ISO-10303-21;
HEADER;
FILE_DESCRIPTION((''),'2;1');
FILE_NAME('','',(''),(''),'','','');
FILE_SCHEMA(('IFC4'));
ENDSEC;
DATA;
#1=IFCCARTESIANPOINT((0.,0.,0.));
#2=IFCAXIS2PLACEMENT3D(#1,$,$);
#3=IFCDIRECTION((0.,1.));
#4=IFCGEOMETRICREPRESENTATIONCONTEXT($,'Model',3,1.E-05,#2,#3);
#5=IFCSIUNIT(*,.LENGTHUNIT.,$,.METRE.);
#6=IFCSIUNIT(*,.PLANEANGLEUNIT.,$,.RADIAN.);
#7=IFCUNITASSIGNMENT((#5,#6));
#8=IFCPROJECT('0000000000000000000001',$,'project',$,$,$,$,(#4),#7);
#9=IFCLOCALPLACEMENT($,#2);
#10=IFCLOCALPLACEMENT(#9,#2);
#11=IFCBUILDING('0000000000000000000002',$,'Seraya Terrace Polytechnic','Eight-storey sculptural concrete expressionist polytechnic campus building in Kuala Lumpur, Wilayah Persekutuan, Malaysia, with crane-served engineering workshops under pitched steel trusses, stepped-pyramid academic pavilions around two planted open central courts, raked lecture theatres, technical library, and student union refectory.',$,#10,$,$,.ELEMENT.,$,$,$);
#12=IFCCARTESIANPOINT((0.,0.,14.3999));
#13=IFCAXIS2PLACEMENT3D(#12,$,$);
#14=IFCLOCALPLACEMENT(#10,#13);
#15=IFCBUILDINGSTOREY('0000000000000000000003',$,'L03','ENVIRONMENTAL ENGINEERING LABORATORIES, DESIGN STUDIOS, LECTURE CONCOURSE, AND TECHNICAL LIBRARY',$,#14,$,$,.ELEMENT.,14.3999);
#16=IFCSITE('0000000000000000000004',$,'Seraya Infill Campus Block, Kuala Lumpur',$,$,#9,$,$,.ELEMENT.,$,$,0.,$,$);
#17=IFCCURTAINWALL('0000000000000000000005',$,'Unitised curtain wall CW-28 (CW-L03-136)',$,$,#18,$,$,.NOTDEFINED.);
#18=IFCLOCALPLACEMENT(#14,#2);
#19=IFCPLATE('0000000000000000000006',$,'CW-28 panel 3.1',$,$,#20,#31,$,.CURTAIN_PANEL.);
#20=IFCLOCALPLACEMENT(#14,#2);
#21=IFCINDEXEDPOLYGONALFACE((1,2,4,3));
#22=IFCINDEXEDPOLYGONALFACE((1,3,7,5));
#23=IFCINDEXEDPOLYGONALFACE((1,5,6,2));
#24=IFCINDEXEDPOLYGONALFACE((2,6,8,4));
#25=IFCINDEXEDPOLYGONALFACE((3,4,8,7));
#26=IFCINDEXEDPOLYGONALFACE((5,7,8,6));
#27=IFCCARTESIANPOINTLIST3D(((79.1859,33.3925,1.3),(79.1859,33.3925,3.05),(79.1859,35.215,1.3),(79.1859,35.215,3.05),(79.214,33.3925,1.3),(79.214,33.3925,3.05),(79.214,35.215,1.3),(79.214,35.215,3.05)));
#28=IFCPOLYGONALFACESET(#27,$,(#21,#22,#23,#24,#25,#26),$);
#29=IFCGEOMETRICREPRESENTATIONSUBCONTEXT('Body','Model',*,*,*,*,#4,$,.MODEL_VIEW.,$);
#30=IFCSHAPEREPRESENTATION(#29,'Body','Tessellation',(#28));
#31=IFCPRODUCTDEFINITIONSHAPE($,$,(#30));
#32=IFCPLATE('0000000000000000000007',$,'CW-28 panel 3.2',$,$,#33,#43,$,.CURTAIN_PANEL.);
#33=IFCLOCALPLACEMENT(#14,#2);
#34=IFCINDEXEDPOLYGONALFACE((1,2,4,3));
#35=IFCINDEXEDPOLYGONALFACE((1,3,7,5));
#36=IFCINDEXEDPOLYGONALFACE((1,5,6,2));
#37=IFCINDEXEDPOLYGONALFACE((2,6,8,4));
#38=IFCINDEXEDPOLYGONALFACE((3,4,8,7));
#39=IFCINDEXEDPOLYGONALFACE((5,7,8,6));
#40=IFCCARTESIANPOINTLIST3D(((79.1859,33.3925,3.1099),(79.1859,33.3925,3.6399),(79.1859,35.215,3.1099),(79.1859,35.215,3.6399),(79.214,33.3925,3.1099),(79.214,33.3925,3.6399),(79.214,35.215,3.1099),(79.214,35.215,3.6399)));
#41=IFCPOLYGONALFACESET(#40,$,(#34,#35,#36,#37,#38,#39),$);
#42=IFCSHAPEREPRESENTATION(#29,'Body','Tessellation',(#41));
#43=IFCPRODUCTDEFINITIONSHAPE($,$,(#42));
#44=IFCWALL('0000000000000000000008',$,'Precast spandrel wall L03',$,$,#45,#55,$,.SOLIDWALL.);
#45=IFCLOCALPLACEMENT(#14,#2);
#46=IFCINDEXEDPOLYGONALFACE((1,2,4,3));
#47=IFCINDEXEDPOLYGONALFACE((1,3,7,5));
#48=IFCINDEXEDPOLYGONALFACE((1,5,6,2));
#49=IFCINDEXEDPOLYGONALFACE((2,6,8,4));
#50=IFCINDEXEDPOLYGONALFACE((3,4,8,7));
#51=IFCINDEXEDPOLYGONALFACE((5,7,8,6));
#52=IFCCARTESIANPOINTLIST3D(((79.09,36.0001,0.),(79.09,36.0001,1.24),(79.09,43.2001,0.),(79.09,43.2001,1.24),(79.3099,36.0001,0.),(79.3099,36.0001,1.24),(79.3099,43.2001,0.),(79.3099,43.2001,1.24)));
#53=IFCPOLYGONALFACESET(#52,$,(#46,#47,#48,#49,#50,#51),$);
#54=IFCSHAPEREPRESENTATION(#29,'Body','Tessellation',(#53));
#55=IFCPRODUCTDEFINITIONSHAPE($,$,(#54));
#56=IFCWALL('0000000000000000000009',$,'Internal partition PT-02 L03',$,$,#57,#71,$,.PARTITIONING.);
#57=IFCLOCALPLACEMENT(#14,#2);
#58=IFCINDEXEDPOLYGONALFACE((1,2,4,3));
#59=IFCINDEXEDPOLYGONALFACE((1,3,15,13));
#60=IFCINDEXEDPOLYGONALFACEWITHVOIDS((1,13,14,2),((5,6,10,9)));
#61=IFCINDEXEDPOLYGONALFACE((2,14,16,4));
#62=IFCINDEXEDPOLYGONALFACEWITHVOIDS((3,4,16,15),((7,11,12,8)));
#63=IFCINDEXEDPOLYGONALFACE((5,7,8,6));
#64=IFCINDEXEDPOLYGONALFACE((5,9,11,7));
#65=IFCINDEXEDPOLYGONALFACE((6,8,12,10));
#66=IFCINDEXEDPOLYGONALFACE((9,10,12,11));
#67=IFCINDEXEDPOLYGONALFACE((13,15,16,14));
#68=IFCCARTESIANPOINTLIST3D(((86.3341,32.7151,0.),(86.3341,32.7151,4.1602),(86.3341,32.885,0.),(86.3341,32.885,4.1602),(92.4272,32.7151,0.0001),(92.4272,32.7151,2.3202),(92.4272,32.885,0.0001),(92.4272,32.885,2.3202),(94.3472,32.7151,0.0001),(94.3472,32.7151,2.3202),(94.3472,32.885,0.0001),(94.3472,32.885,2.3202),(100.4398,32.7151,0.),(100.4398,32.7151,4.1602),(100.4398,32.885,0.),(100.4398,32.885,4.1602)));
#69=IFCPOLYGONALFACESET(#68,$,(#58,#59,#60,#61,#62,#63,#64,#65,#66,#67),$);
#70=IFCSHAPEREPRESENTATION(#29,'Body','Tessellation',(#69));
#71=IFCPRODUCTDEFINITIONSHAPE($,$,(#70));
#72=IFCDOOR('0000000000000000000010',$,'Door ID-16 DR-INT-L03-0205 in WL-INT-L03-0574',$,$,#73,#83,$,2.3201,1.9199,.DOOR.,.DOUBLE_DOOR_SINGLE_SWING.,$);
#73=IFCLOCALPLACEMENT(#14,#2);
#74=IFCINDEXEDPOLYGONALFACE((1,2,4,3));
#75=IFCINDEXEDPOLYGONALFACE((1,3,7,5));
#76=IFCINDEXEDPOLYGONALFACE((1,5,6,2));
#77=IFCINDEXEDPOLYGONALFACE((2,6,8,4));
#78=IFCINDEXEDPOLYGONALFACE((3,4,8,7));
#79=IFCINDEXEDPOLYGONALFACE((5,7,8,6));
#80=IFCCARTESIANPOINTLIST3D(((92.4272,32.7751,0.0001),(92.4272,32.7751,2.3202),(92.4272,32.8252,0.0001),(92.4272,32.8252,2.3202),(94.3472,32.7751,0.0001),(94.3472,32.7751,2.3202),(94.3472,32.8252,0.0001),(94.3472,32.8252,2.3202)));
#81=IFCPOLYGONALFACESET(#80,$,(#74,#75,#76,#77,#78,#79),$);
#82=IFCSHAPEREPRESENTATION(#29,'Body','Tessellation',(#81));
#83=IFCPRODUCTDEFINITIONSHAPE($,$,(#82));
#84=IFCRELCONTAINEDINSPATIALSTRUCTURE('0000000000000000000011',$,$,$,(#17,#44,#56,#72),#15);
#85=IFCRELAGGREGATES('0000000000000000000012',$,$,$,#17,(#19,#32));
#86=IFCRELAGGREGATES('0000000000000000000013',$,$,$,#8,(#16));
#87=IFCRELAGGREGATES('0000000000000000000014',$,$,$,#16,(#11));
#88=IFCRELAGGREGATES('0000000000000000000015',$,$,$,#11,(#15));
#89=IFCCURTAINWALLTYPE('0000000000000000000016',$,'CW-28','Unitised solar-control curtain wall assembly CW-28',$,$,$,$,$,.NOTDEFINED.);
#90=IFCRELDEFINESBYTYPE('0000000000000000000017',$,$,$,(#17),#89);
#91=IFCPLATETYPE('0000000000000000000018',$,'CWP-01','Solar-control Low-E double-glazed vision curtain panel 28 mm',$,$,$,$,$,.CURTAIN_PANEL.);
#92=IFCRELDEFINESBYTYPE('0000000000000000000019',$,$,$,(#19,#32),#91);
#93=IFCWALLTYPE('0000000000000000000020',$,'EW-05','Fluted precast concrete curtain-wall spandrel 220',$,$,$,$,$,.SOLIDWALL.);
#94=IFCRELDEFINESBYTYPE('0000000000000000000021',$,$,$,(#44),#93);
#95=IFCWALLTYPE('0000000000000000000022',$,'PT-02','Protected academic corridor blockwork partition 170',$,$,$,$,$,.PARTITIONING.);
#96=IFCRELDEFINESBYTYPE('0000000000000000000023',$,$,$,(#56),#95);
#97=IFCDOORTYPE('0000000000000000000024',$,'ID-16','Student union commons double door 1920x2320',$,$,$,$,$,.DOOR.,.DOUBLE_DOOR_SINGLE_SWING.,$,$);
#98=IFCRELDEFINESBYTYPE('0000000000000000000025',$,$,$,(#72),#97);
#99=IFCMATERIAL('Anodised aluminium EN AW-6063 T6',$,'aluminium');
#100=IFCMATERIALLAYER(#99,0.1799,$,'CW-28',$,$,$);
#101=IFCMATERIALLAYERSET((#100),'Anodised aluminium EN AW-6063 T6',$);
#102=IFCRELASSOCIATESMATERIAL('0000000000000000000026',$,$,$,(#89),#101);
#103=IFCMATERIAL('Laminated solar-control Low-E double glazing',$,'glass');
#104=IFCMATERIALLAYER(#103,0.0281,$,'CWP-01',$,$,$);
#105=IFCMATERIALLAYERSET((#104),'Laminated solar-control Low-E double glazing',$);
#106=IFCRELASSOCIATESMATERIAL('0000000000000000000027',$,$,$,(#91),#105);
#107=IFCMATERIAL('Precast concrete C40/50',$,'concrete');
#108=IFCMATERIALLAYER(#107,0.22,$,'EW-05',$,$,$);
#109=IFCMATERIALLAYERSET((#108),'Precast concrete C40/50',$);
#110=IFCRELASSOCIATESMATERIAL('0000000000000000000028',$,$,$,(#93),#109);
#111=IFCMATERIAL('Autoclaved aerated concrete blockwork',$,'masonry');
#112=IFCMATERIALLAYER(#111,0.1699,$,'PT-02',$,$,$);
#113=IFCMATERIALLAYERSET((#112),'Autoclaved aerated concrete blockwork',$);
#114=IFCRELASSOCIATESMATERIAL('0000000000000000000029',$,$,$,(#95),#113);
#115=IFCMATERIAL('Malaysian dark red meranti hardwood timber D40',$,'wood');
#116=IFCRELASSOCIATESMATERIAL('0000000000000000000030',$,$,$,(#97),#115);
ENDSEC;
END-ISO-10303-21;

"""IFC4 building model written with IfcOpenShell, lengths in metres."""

from ifc_helpers import new_model, si_unit, direction, frame, frame_2d, origin, origin_2d, place, context, subcontext, project, spatial, rectangle, extrude, material, layer, layer_set, type_object, element, fill, aggregate, save


model = new_model("IFC4")

# Units and contexts
model_context = context("Model", 3, precision=1e-05, world=origin(), true_north=direction((0.0, 1.0)))
body_context = subcontext(model_context, "Body", "Model", "MODEL_VIEW")
ifc_project = project(units=[si_unit("LENGTHUNIT", "METRE"), si_unit("PLANEANGLEUNIT", "RADIAN")], contexts=[model_context])

# Site, building, storey
site_placement = place(None, origin())
site = spatial("IfcSite", under=ifc_project, at=site_placement, Name="Seraya Infill Campus Block, Kuala Lumpur", CompositionType="ELEMENT", RefElevation=0.0)
building_placement = place(site_placement, origin())
building = spatial("IfcBuilding", under=site, at=building_placement, Name="Seraya Terrace Polytechnic", Description="Eight-storey sculptural concrete expressionist polytechnic campus building in Kuala Lumpur, Wilayah Persekutuan, Malaysia, with crane-served engineering workshops under pitched steel trusses, stepped-pyramid academic pavilions around two planted open central courts, raked lecture theatres, technical library, and student union refectory.", CompositionType="ELEMENT")
storey_placement = place(building_placement, frame((0.0, 0.0, 14.3999)))
storey = spatial("IfcBuildingStorey", under=building, at=storey_placement, Name="L03", Description="ENVIRONMENTAL ENGINEERING LABORATORIES, DESIGN STUDIOS, LECTURE CONCOURSE, AND TECHNICAL LIBRARY", CompositionType="ELEMENT", Elevation=14.3999)

# Curtain wall
ifc_material_1 = material(Name="Anodised aluminium EN AW-6063 T6", Category="aluminium")
ifc_layer_1 = layer(ifc_material_1, 0.1799, Name="CW-28")
ifc_layer_set_1 = layer_set([ifc_layer_1], Name="Anodised aluminium EN AW-6063 T6")
curtain_wall_type = type_object("IfcCurtainWallType", Name="CW-28", Description="Unitised solar-control curtain wall assembly CW-28", PredefinedType="NOTDEFINED", material=ifc_layer_set_1)
curtain_wall_placement = place(storey_placement, origin())
curtain_wall = element("IfcCurtainWall", 1, at=curtain_wall_placement, inside=storey, type_object=curtain_wall_type, Name="Unitised curtain wall CW-28 (CW-L03-136)", PredefinedType="NOTDEFINED")

# Plates
ifc_material_2 = material(Name="Laminated solar-control Low-E double glazing", Category="glass")
ifc_layer_2 = layer(ifc_material_2, 0.0281, Name="CWP-01")
ifc_layer_set_2 = layer_set([ifc_layer_2], Name="Laminated solar-control Low-E double glazing")
plate_type = type_object("IfcPlateType", Name="CWP-01", Description="Solar-control Low-E double-glazed vision curtain panel 28 mm", PredefinedType="CURTAIN_PANEL", material=ifc_layer_set_2)
plate_1_placement = place(storey_placement, frame((79.2, 34.3037, 1.3), z_axis=(0.0, 0.0, 1.0), x_axis=(0.0, 1.0, 0.0)))
plate_1 = element("IfcPlate", 2, at=plate_1_placement, type_object=plate_type, Name="CW-28 panel 3.1", PredefinedType="CURTAIN_PANEL", context=body_context, shape_type="SweptSolid", body=[
    extrude(rectangle(XDim=1.8225, YDim=0.0281, at=origin_2d()), origin(), (0.0, 0.0, 1.0), 1.75),
])
plate_2_placement = place(storey_placement, frame((79.2, 34.3037, 3.1099), z_axis=(0.0, 0.0, 1.0), x_axis=(0.0, 1.0, 0.0)))
plate_2 = element("IfcPlate", 3, at=plate_2_placement, type_object=plate_type, Name="CW-28 panel 3.2", PredefinedType="CURTAIN_PANEL", context=body_context, shape_type="SweptSolid", body=[
    extrude(rectangle(XDim=1.8225, YDim=0.0281, at=origin_2d()), origin(), (0.0, 0.0, 1.0), 0.53),
])
aggregate(curtain_wall, [plate_1, plate_2])

# Wall
ifc_material_3 = material(Name="Precast concrete C40/50", Category="concrete")
ifc_layer_3 = layer(ifc_material_3, 0.22, Name="EW-05")
ifc_layer_set_3 = layer_set([ifc_layer_3], Name="Precast concrete C40/50")
wall_type_1 = type_object("IfcWallType", Name="EW-05", Description="Fluted precast concrete curtain-wall spandrel 220", PredefinedType="SOLIDWALL", material=ifc_layer_set_3)
wall_1_placement = place(storey_placement, frame((79.2, 36.0, 0.0), z_axis=(0.0, 0.0, 1.0), x_axis=(0.0, 1.0, 0.0)))
element("IfcWall", 4, at=wall_1_placement, inside=storey, type_object=wall_type_1, Name="Precast spandrel wall L03", PredefinedType="SOLIDWALL", context=body_context, shape_type="SweptSolid", body=[
    extrude(rectangle(XDim=7.2, YDim=0.22, at=frame_2d((3.6001, 0.0))), origin(), (0.0, 0.0, 1.0), 1.24),
])

# Wall, opening, door
ifc_material_4 = material(Name="Autoclaved aerated concrete blockwork", Category="masonry")
ifc_layer_4 = layer(ifc_material_4, 0.1699, Name="PT-02")
ifc_layer_set_4 = layer_set([ifc_layer_4], Name="Autoclaved aerated concrete blockwork")
wall_type_2 = type_object("IfcWallType", Name="PT-02", Description="Protected academic corridor blockwork partition 170", PredefinedType="PARTITIONING", material=ifc_layer_set_4)
wall_2_placement = place(storey_placement, frame((86.3342, 32.8, 0.0), z_axis=(0.0, 0.0, 1.0), x_axis=(1.0, 0.0, 0.0)))
wall_2 = element("IfcWall", 5, at=wall_2_placement, inside=storey, type_object=wall_type_2, Name="Internal partition PT-02 L03", PredefinedType="PARTITIONING", context=body_context, shape_type="SweptSolid", body=[
    extrude(rectangle(XDim=14.1057, YDim=0.1699, at=frame_2d((7.0527, 0.0))), origin(), (0.0, 0.0, 1.0), 4.1602),
])
opening_placement = place(wall_2_placement, frame((6.093, 0.0, 0.0)))
opening = element("IfcOpeningElement", 6, at=opening_placement, cuts=wall_2, PredefinedType="OPENING", context=body_context, shape_type="SweptSolid", body=[
    extrude(rectangle(XDim=1.9199, YDim=2.3201, at=frame_2d((0.96, 1.1602))), frame((0.0, 0.0969, 0.0), z_axis=(0.0, -1.0, 0.0), x_axis=(1.0, 0.0, 0.0)), (0.0, 0.0, 1.0), 0.1938),
])
ifc_material_5 = material(Name="Malaysian dark red meranti hardwood timber D40", Category="wood")
door_type = type_object("IfcDoorType", Name="ID-16", Description="Student union commons double door 1920x2320", OperationType="DOUBLE_DOOR_SINGLE_SWING", PredefinedType="DOOR", material=ifc_material_5)
door_placement = place(opening_placement, frame((1.9199, 0.0, 0.0), z_axis=(0.0, 0.0, 1.0), x_axis=(-1.0, 0.0, 0.0)))
door = element("IfcDoor", 7, at=door_placement, inside=storey, type_object=door_type, Name="Door ID-16 DR-INT-L03-0205 in WL-INT-L03-0574", OperationType="DOUBLE_DOOR_SINGLE_SWING", OverallHeight=2.3201, OverallWidth=1.9199, PredefinedType="DOOR", context=body_context, shape_type="SweptSolid", body=[
    extrude(rectangle(XDim=1.9199, YDim=2.3201, at=frame_2d((0.96, 1.1602))), frame((0.0, 0.0249, 0.0), z_axis=(0.0, -1.0, 0.0), x_axis=(1.0, 0.0, 0.0)), (0.0, 0.0, 1.0), 0.05),
])
fill(opening, door)

save(model, "model.ifc")
